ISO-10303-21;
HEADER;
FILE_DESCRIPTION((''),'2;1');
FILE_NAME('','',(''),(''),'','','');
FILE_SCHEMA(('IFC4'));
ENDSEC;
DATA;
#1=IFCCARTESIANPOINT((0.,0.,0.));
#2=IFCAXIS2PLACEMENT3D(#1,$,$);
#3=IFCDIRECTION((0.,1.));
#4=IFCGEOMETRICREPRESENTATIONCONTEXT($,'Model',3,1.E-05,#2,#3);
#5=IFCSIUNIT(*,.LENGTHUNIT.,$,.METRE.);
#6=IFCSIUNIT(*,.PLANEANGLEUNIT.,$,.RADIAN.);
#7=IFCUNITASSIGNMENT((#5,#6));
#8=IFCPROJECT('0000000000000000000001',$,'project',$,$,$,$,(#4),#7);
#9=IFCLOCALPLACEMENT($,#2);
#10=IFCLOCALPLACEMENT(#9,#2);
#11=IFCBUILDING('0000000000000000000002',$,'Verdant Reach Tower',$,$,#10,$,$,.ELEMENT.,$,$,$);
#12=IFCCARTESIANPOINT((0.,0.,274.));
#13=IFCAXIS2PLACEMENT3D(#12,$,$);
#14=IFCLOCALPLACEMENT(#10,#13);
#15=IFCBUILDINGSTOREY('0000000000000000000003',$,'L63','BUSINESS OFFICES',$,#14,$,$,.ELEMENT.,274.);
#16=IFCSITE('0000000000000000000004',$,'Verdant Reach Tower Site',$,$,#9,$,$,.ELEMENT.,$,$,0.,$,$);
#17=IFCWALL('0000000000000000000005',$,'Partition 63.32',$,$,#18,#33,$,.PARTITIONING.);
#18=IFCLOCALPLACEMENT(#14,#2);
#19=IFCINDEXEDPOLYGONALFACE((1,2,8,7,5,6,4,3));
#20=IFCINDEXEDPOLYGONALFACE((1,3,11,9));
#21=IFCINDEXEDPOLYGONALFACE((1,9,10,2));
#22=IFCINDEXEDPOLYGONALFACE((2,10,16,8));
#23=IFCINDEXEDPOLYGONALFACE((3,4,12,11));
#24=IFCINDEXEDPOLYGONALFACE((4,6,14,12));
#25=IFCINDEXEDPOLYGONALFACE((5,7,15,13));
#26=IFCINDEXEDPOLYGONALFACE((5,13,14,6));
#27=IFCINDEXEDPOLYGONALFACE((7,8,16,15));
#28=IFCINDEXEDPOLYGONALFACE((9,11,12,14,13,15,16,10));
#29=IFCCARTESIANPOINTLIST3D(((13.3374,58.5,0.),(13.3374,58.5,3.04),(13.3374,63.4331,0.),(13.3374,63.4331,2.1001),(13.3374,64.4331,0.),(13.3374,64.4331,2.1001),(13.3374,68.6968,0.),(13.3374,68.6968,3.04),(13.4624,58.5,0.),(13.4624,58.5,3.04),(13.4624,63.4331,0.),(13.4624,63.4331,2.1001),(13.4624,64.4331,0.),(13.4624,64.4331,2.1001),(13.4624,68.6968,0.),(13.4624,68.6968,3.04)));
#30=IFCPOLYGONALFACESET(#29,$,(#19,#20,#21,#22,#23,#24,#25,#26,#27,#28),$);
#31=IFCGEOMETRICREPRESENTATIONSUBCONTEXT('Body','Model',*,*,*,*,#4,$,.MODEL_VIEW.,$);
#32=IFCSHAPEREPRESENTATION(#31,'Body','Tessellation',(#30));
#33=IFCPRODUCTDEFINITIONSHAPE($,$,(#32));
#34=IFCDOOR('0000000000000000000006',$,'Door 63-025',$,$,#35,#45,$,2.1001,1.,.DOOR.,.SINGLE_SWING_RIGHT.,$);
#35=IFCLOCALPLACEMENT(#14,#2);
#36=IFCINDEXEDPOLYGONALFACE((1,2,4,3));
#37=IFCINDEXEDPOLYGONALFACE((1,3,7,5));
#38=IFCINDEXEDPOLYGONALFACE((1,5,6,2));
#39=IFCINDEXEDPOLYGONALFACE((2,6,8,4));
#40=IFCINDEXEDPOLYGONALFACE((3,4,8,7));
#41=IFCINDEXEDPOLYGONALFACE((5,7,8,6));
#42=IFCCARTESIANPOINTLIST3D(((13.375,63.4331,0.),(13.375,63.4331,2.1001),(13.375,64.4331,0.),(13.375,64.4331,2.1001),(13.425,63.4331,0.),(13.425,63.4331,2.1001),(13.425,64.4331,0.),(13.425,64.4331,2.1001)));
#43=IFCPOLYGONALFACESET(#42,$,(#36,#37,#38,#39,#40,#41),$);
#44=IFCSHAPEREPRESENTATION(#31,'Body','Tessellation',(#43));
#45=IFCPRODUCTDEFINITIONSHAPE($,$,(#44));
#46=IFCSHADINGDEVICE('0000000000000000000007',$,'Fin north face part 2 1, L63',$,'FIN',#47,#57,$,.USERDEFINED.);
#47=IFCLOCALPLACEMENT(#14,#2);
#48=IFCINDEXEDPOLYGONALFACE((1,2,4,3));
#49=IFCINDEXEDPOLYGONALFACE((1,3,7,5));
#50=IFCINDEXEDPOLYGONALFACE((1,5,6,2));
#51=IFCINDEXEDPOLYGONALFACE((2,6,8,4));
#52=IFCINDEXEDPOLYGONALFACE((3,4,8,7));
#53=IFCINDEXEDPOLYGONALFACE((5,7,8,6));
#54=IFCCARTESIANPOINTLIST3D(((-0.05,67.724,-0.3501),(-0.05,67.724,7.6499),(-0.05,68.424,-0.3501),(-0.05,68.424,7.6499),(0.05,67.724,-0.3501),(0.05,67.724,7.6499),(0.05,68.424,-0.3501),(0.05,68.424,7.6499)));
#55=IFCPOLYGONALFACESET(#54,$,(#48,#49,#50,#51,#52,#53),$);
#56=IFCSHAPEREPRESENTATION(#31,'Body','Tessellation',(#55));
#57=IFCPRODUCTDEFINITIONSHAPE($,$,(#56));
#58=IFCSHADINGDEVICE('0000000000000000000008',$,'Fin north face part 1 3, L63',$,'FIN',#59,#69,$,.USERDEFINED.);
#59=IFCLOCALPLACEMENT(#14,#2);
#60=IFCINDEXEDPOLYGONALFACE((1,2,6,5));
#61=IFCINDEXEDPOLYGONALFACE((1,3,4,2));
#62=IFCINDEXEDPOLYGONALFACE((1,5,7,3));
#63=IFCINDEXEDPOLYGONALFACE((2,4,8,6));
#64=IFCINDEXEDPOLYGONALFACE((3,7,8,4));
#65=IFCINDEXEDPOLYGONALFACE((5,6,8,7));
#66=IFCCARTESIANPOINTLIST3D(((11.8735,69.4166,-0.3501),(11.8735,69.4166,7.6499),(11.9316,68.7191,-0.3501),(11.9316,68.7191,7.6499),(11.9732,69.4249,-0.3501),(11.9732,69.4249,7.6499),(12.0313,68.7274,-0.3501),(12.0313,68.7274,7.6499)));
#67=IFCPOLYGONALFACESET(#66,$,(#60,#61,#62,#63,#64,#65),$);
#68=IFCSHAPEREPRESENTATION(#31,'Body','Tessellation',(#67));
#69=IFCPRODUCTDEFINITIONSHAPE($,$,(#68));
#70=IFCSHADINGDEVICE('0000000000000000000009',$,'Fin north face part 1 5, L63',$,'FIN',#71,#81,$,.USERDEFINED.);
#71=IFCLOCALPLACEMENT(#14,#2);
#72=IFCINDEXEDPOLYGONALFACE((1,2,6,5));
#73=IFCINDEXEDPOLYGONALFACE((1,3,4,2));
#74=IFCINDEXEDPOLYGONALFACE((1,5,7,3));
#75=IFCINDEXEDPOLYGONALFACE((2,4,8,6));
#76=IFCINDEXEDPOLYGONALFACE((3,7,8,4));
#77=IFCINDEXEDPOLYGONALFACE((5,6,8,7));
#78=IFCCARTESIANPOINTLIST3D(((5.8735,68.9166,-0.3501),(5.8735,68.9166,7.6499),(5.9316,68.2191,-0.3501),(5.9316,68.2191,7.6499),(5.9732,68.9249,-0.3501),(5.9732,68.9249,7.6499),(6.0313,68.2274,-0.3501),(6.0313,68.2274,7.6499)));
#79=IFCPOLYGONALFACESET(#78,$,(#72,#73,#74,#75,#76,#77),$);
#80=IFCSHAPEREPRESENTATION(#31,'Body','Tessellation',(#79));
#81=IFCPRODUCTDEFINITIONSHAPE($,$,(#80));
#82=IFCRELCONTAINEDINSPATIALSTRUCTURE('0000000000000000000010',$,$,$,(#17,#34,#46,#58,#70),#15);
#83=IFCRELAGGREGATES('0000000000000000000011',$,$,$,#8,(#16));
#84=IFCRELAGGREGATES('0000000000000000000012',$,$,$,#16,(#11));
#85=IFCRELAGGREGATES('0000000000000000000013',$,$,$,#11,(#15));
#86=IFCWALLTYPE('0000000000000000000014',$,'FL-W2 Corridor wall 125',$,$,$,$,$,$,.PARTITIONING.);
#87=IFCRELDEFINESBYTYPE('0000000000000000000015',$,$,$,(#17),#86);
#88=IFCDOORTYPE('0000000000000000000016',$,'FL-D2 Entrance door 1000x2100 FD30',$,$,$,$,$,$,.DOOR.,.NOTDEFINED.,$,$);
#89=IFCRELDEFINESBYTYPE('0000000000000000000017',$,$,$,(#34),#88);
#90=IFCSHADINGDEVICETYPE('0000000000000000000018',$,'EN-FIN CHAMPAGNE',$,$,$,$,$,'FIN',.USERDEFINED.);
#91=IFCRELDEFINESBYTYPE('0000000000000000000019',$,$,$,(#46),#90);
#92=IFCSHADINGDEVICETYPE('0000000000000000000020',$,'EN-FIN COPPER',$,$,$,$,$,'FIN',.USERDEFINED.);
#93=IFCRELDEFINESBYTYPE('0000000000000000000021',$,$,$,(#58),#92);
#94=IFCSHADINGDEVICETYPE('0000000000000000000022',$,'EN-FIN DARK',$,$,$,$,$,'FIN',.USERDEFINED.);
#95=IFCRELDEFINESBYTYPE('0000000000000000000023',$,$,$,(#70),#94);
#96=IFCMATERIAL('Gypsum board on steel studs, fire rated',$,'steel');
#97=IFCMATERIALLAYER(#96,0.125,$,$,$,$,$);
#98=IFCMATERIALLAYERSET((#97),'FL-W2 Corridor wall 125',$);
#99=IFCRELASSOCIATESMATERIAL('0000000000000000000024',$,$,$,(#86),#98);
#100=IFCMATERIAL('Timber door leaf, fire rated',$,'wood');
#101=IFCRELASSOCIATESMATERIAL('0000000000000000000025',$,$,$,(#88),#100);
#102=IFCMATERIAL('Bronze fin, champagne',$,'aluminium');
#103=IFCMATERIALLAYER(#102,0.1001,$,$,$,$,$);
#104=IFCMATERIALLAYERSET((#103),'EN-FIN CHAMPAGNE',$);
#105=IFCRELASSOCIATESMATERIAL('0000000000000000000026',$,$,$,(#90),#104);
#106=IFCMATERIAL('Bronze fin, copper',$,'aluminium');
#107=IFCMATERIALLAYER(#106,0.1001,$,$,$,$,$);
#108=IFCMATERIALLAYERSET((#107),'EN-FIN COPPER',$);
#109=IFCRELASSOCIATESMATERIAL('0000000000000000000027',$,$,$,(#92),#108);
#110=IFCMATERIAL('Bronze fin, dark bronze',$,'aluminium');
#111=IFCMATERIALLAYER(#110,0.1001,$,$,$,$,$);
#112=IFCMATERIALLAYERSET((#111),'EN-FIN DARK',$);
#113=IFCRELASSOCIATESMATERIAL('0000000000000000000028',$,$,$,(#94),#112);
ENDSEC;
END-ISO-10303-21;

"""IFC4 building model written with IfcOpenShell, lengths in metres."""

from ifc_helpers import new_model, si_unit, direction, frame, frame_2d, origin, origin_2d, place, context, subcontext, project, spatial, rectangle, extrude, material, layer, layer_set, type_object, element, fill, save


model = new_model("IFC4")

# Units and contexts
model_context = context("Model", 3, precision=1e-05, world=origin(), true_north=direction((0.0, 1.0)))
body_context = subcontext(model_context, "Body", "Model", "MODEL_VIEW")
ifc_project = project(units=[si_unit("LENGTHUNIT", "METRE"), si_unit("PLANEANGLEUNIT", "RADIAN")], contexts=[model_context])

# Site, building, storey
site_placement = place(None, origin())
site = spatial("IfcSite", under=ifc_project, at=site_placement, Name="Verdant Reach Tower Site", CompositionType="ELEMENT", RefElevation=0.0)
building_placement = place(site_placement, origin())
building = spatial("IfcBuilding", under=site, at=building_placement, Name="Verdant Reach Tower", CompositionType="ELEMENT")
storey_placement = place(building_placement, frame((0.0, 0.0, 274.0)))
storey = spatial("IfcBuildingStorey", under=building, at=storey_placement, Name="L63", Description="BUSINESS OFFICES", CompositionType="ELEMENT", Elevation=274.0)

# Wall, opening, door
ifc_material_1 = material(Name="Gypsum board on steel studs, fire rated", Category="steel")
ifc_layer_1 = layer(ifc_material_1, 0.125)
ifc_layer_set_1 = layer_set([ifc_layer_1], Name="FL-W2 Corridor wall 125")
wall_type_1 = type_object("IfcWallType", Name="FL-W2 Corridor wall 125", PredefinedType="PARTITIONING", material=ifc_layer_set_1)
ifc_material_2 = material(Name="Timber door leaf, fire rated", Category="wood")
door_type = type_object("IfcDoorType", Name="FL-D2 Entrance door 1000x2100 FD30", OperationType="NOTDEFINED", PredefinedType="DOOR", material=ifc_material_2)
wall_1_placement = place(storey_placement, frame((13.3999, 58.5, 0.0), z_axis=(0.0, 0.0, 1.0), x_axis=(0.0, 1.0, 0.0)))
wall_1 = element("IfcWall", 1, at=wall_1_placement, inside=storey, type_object=wall_type_1, Name="Partition 63.32", PredefinedType="PARTITIONING", context=body_context, shape_type="SweptSolid", body=[
    extrude(rectangle(XDim=10.1968, YDim=0.125, at=frame_2d((5.0984, 0.0))), origin(), (0.0, 0.0, 1.0), 3.04),
])
opening_1_placement = place(wall_1_placement, frame((4.9331, 0.0, 0.0)))
opening_1 = element("IfcOpeningElement", 2, at=opening_1_placement, cuts=wall_1, PredefinedType="OPENING", context=body_context, shape_type="SweptSolid", body=[
    extrude(rectangle(XDim=1.0, YDim=2.1001, at=frame_2d((0.5, 1.05))), frame((0.0, 0.0725, 0.0), z_axis=(0.0, -1.0, 0.0), x_axis=(1.0, 0.0, 0.0)), (0.0, 0.0, 1.0), 0.145),
])
door_1_placement = place(opening_1_placement, origin())
door_1 = element("IfcDoor", 3, at=door_1_placement, inside=storey, type_object=door_type, Name="Door 63-025", OperationType="SINGLE_SWING_RIGHT", OverallHeight=2.1001, OverallWidth=1.0, PredefinedType="DOOR", context=body_context, shape_type="SweptSolid", body=[
    extrude(rectangle(XDim=1.0, YDim=2.1001, at=frame_2d((0.5, 1.05))), frame((0.0, 0.0249, 0.0), z_axis=(0.0, -1.0, 0.0), x_axis=(1.0, 0.0, 0.0)), (0.0, 0.0, 1.0), 0.05),
])
fill(opening_1, door_1)

# Shading devices
ifc_material_3 = material(Name="Bronze fin, champagne", Category="aluminium")
ifc_layer_2 = layer(ifc_material_3, 0.1001)
ifc_layer_set_2 = layer_set([ifc_layer_2], Name="EN-FIN CHAMPAGNE")
shading_device_type_1 = type_object("IfcShadingDeviceType", Name="EN-FIN CHAMPAGNE", ElementType="FIN", PredefinedType="USERDEFINED", material=ifc_layer_set_2)
shading_device_1_placement = place(storey_placement, frame((0.0, 68.074, -0.3501), z_axis=(0.0, 0.0, 1.0), x_axis=(-1.0, 0.0, 0.0)))
element("IfcShadingDevice", 4, at=shading_device_1_placement, inside=storey, type_object=shading_device_type_1, Name="Fin north face part 2 1, L63", ObjectType="FIN", PredefinedType="USERDEFINED", context=body_context, shape_type="SweptSolid", body=[
    extrude(rectangle(XDim=0.1001, YDim=0.7, at=origin_2d()), origin(), (0.0, 0.0, 1.0), 8.0),
])
ifc_material_4 = material(Name="Bronze fin, copper", Category="aluminium")
ifc_layer_3 = layer(ifc_material_4, 0.1001)
ifc_layer_set_3 = layer_set([ifc_layer_3], Name="EN-FIN COPPER")
shading_device_type_2 = type_object("IfcShadingDeviceType", Name="EN-FIN COPPER", ElementType="FIN", PredefinedType="USERDEFINED", material=ifc_layer_set_3)
shading_device_2_placement = place(storey_placement, frame((11.9524, 69.072, -0.3501), z_axis=(0.0, 0.0, 1.0), x_axis=(-0.996546, -0.083045, 0.0)))
element("IfcShadingDevice", 5, at=shading_device_2_placement, inside=storey, type_object=shading_device_type_2, Name="Fin north face part 1 3, L63", ObjectType="FIN", PredefinedType="USERDEFINED", context=body_context, shape_type="SweptSolid", body=[
    extrude(rectangle(XDim=0.1001, YDim=0.7, at=origin_2d()), origin(), (0.0, 0.0, 1.0), 8.0),
])
ifc_material_5 = material(Name="Bronze fin, dark bronze", Category="aluminium")
ifc_layer_4 = layer(ifc_material_5, 0.1001)
ifc_layer_set_4 = layer_set([ifc_layer_4], Name="EN-FIN DARK")
shading_device_type_3 = type_object("IfcShadingDeviceType", Name="EN-FIN DARK", ElementType="FIN", PredefinedType="USERDEFINED", material=ifc_layer_set_4)
shading_device_3_placement = place(storey_placement, frame((5.9524, 68.572, -0.3501), z_axis=(0.0, 0.0, 1.0), x_axis=(-0.996546, -0.083045, 0.0)))
element("IfcShadingDevice", 6, at=shading_device_3_placement, inside=storey, type_object=shading_device_type_3, Name="Fin north face part 1 5, L63", ObjectType="FIN", PredefinedType="USERDEFINED", context=body_context, shape_type="SweptSolid", body=[
    extrude(rectangle(XDim=0.1001, YDim=0.7, at=origin_2d()), origin(), (0.0, 0.0, 1.0), 8.0),
])

save(model, "model.ifc")
